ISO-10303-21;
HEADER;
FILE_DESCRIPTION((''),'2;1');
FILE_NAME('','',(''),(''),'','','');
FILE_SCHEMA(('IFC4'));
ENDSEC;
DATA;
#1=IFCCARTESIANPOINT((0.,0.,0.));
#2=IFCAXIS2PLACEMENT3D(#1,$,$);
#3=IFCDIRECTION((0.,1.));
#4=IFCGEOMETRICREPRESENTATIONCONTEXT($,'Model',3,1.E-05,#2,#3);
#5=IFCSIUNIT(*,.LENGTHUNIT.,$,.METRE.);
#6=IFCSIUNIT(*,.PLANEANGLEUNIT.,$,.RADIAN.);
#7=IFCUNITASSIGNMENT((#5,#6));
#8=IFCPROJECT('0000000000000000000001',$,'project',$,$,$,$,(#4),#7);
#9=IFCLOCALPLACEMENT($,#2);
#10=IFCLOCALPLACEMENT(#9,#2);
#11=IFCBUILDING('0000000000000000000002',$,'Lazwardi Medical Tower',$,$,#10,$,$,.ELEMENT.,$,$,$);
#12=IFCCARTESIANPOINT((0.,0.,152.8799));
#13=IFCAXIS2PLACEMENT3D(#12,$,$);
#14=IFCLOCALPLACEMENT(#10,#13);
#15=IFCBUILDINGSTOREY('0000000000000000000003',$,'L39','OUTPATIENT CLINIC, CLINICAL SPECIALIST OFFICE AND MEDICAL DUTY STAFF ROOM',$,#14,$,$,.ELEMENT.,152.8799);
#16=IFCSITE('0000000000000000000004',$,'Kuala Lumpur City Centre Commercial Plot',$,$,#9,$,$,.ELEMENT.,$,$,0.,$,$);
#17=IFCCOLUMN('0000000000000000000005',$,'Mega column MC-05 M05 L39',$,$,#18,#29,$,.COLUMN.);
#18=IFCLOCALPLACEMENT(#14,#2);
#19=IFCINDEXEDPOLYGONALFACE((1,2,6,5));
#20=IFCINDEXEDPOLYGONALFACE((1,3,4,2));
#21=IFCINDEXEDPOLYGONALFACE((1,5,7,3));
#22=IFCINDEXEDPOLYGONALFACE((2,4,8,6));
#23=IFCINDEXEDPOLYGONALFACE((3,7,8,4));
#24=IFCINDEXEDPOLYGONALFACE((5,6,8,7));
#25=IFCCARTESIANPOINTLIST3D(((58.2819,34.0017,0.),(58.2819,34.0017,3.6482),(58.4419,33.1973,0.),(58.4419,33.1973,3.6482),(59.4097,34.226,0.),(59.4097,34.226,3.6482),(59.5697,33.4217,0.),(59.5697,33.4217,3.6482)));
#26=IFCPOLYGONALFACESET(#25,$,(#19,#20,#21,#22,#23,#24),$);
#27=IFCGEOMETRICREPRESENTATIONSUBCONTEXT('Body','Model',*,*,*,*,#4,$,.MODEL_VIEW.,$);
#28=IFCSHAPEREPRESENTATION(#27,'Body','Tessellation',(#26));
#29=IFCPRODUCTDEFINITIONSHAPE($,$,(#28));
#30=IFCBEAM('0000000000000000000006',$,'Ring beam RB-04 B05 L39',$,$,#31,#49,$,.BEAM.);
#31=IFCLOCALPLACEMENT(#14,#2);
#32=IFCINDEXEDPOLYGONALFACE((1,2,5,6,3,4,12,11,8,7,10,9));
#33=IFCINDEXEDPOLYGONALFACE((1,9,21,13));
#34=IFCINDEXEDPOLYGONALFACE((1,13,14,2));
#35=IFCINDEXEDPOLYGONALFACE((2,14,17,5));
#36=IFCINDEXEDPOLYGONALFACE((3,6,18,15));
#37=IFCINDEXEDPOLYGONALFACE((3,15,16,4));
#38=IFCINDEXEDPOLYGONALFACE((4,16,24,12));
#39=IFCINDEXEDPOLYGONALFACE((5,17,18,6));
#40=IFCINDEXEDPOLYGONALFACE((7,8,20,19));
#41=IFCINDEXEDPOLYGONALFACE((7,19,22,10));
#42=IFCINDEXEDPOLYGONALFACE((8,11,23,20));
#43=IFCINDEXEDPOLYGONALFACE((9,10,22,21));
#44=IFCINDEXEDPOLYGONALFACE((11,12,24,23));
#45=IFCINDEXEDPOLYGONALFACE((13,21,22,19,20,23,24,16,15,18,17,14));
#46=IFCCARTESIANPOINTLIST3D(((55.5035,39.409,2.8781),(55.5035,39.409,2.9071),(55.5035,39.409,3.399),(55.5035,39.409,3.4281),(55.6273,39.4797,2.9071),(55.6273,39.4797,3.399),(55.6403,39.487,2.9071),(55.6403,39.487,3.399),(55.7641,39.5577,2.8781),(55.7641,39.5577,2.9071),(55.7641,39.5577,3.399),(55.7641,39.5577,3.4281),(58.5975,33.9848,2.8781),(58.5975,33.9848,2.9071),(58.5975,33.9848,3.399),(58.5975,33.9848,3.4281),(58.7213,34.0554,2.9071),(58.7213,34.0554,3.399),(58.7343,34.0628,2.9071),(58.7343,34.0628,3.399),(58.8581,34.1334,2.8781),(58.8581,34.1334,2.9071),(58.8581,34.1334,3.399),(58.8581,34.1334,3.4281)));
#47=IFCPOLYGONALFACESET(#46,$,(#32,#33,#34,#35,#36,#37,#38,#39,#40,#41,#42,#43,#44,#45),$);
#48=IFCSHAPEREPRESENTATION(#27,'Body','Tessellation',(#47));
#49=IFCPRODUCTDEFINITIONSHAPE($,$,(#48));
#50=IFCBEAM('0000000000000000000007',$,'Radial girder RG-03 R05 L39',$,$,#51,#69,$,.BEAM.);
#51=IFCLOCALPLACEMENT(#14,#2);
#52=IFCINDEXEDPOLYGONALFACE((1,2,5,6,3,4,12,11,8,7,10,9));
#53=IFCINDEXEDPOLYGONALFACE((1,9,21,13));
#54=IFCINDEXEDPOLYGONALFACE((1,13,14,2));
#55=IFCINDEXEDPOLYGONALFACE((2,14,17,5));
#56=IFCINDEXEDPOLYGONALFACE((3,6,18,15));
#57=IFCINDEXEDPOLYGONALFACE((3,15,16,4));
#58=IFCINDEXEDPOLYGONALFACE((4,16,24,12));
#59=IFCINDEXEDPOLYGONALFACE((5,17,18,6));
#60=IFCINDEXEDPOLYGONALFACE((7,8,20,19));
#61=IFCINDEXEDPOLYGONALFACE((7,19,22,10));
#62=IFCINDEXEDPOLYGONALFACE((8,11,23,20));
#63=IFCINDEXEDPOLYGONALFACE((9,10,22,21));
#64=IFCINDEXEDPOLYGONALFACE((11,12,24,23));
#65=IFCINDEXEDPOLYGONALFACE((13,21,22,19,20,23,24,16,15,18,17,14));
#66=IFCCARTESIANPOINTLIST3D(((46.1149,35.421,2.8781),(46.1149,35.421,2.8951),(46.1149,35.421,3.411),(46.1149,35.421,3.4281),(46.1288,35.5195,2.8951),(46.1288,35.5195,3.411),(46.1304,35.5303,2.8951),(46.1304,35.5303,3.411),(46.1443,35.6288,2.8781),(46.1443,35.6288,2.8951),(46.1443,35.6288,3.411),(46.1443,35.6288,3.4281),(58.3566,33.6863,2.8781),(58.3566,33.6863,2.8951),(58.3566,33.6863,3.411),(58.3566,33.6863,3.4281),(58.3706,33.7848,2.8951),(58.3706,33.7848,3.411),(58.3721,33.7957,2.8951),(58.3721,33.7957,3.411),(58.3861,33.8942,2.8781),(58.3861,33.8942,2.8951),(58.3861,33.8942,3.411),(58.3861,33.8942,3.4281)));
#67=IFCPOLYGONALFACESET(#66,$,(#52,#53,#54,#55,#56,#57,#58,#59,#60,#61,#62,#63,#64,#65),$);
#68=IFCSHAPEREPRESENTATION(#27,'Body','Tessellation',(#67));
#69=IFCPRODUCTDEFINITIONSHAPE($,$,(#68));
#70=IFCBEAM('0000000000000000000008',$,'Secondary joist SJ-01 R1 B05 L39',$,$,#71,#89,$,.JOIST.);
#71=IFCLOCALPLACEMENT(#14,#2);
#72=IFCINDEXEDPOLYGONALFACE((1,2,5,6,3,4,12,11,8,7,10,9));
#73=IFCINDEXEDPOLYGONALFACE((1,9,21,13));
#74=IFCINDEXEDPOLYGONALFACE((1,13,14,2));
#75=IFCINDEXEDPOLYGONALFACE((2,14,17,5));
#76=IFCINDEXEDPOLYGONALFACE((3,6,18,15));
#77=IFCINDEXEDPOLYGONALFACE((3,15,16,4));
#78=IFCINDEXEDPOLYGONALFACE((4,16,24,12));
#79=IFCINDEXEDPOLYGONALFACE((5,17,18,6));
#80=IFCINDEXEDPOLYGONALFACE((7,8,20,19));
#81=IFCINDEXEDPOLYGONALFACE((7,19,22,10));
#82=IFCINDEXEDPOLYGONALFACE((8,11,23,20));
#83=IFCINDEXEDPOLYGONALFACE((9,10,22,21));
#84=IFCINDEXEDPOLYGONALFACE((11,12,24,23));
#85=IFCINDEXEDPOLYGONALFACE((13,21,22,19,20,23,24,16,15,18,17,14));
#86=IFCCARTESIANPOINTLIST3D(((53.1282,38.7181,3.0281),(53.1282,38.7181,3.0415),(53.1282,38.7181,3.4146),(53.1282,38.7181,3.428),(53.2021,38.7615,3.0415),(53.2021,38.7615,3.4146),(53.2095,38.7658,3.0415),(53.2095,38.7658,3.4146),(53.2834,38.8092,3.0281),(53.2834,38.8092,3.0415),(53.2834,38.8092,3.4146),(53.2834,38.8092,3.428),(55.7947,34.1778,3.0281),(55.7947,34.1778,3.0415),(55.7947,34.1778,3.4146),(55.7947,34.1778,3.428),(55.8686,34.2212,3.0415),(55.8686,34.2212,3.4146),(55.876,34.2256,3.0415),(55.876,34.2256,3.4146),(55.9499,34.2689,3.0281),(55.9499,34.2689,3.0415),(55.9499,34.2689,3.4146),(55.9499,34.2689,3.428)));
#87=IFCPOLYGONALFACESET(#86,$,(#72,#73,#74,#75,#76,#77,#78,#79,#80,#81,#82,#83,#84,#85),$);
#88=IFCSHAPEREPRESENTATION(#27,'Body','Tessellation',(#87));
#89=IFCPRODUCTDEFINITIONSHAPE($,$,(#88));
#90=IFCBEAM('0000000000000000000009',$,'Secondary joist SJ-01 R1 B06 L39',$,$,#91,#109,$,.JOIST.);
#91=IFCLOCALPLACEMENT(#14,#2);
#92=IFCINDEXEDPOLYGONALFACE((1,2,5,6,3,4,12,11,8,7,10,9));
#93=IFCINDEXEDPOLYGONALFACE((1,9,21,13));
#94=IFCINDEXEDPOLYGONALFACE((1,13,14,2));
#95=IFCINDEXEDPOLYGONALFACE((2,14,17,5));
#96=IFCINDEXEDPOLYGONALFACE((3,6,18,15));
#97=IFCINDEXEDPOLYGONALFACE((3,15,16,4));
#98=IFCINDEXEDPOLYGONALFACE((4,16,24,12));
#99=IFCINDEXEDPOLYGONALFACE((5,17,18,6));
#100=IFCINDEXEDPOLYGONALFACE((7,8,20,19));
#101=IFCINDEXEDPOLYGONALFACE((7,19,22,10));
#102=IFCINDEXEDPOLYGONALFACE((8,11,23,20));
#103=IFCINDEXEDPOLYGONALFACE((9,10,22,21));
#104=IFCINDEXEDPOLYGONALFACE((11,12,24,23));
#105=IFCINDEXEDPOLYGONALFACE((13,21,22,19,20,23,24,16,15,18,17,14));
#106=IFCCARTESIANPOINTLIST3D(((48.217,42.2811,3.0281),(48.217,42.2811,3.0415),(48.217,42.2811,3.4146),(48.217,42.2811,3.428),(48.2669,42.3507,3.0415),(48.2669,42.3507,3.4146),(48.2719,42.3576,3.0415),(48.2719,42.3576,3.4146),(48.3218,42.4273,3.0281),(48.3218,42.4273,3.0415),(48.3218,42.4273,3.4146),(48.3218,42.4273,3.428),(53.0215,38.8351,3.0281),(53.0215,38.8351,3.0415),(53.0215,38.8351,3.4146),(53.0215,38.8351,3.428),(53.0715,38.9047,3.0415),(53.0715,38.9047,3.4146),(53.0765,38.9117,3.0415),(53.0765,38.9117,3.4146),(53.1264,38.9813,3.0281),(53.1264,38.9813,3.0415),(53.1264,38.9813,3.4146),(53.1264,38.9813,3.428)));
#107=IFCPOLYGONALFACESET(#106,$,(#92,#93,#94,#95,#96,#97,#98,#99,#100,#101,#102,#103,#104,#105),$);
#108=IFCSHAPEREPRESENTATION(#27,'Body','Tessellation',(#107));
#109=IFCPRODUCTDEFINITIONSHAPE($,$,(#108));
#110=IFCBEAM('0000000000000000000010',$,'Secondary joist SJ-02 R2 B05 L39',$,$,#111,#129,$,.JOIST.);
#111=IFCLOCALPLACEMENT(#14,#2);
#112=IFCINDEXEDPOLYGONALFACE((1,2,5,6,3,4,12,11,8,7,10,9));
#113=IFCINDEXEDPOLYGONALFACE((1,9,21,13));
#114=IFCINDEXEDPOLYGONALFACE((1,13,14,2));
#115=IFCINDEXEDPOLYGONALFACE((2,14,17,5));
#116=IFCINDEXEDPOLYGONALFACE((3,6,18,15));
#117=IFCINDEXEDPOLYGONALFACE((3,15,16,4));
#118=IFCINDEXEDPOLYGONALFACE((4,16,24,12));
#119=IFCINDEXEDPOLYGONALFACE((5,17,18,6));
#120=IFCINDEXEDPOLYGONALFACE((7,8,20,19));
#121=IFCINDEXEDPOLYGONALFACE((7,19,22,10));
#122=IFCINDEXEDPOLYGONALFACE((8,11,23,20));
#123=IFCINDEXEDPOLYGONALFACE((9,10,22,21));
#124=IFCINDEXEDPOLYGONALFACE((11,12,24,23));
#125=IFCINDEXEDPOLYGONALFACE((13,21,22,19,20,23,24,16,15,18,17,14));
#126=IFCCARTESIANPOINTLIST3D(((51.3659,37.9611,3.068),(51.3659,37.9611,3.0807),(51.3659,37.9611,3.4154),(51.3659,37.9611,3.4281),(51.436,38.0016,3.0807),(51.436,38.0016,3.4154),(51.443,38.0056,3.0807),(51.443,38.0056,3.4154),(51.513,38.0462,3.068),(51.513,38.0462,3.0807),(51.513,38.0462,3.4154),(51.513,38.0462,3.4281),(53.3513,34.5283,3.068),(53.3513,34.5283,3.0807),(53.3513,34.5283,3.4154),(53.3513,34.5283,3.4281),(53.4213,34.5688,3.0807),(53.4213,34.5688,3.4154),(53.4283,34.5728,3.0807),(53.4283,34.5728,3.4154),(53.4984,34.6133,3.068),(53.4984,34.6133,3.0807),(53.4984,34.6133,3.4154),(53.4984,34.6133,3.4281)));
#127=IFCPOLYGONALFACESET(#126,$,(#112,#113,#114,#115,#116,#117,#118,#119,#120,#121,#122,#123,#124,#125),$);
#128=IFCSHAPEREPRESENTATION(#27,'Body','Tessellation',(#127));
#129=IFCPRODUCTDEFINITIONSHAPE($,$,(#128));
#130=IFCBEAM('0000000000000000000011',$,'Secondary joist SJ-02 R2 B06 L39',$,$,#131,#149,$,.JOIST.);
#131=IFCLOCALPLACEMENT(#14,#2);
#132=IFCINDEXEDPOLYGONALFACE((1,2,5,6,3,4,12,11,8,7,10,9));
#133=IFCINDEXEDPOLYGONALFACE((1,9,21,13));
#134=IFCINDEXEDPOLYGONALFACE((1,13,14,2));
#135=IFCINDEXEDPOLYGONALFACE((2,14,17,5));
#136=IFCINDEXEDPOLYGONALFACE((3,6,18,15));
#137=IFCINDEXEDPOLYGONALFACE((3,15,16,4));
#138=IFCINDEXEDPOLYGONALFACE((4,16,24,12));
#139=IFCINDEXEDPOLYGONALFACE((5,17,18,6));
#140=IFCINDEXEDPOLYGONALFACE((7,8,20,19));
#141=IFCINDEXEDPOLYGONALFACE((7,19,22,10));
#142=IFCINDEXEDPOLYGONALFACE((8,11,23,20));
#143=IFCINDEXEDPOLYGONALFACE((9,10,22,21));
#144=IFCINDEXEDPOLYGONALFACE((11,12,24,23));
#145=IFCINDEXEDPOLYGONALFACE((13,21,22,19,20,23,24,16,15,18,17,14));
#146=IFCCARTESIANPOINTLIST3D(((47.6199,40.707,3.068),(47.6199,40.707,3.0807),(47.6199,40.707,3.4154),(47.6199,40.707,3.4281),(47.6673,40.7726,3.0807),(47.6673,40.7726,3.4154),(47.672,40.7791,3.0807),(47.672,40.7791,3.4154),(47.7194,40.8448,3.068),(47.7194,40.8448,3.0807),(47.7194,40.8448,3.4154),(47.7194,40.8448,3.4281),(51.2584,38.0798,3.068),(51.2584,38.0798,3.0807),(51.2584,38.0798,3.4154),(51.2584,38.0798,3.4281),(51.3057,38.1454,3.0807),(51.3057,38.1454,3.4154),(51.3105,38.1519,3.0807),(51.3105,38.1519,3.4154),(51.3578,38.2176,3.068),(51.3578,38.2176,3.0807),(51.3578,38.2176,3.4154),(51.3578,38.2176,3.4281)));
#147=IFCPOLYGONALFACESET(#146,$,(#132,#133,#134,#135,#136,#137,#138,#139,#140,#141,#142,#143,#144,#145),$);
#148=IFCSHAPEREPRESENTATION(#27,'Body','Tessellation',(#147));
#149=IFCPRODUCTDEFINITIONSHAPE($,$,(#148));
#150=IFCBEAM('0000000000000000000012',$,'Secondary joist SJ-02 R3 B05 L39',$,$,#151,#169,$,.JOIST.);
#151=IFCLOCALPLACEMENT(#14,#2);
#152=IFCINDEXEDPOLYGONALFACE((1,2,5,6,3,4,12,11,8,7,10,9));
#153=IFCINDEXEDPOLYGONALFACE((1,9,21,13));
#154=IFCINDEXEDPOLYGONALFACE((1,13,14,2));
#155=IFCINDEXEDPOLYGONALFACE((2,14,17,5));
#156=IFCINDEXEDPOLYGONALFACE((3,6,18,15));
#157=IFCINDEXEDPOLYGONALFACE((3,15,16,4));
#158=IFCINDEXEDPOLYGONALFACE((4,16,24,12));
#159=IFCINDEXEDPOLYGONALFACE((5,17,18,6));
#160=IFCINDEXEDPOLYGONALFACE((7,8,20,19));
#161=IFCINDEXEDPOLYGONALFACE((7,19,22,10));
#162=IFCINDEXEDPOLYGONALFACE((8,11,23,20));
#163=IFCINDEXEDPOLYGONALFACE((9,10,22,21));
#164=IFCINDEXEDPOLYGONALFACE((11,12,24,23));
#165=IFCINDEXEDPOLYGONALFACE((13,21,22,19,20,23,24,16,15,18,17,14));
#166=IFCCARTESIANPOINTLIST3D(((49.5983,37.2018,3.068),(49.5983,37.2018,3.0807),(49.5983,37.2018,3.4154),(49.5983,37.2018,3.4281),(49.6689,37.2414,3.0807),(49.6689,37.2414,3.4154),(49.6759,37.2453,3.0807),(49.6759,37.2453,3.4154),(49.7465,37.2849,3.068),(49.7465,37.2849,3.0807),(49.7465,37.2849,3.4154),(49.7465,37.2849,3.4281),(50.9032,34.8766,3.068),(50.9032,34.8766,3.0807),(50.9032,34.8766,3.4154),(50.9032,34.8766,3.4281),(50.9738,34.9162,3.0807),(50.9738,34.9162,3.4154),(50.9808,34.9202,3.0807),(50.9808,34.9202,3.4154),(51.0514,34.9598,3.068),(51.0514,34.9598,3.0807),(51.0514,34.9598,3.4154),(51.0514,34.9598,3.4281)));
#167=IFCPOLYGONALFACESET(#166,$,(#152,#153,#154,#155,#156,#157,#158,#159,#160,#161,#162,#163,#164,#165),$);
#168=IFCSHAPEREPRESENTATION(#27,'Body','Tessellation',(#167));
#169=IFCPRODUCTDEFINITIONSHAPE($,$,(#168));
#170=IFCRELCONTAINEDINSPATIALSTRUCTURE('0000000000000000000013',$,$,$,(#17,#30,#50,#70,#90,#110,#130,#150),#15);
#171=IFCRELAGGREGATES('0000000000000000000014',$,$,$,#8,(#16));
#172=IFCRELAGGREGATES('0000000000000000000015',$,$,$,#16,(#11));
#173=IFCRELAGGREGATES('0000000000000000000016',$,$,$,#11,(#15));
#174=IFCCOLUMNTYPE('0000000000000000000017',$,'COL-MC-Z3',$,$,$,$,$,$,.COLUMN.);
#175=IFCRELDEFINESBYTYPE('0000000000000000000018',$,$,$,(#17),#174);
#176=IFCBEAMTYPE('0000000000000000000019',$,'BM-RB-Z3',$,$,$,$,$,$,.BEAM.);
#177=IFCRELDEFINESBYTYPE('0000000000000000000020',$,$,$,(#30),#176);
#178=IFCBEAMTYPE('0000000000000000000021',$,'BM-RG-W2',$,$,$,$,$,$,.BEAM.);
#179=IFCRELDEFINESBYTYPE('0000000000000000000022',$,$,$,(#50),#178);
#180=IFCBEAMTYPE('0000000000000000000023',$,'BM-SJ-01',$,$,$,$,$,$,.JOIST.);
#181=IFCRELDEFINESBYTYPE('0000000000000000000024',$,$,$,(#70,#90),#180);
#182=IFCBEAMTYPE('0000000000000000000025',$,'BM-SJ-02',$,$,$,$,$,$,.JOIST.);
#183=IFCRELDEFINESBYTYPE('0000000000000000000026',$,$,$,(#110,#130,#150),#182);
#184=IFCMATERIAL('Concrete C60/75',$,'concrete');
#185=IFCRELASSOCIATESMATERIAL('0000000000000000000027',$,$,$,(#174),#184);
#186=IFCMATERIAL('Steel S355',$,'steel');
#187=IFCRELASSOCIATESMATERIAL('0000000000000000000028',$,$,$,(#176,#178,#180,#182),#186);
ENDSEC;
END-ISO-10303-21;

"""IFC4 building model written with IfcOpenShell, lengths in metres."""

from ifc_helpers import new_model, si_unit, direction, frame, origin, origin_2d, place, context, subcontext, project, spatial, rectangle, i_section, extrude, material, material_profile, profile_set, type_object, element, save


model = new_model("IFC4")

# Units and contexts
model_context = context("Model", 3, precision=1e-05, world=origin(), true_north=direction((0.0, 1.0)))
body_context = subcontext(model_context, "Body", "Model", "MODEL_VIEW")
ifc_project = project(units=[si_unit("LENGTHUNIT", "METRE"), si_unit("PLANEANGLEUNIT", "RADIAN")], contexts=[model_context])

# Site, building, storey
site_placement = place(None, origin())
site = spatial("IfcSite", under=ifc_project, at=site_placement, Name="Kuala Lumpur City Centre Commercial Plot", CompositionType="ELEMENT", RefElevation=0.0)
building_placement = place(site_placement, origin())
building = spatial("IfcBuilding", under=site, at=building_placement, Name="Lazwardi Medical Tower", CompositionType="ELEMENT")
storey_placement = place(building_placement, frame((0.0, 0.0, 152.8799)))
storey = spatial("IfcBuildingStorey", under=building, at=storey_placement, Name="L39", Description="OUTPATIENT CLINIC, CLINICAL SPECIALIST OFFICE AND MEDICAL DUTY STAFF ROOM", CompositionType="ELEMENT", Elevation=152.8799)

# Column
ifc_material_1 = material(Name="Concrete C60/75", Category="concrete")
ifc_material_profile_1 = material_profile(ifc_material_1, rectangle(XDim=1.1499, YDim=0.8201, at=origin_2d()), Name="CFT-RECT 1150x820")
ifc_profile_set_1 = profile_set([ifc_material_profile_1], Name="Concrete C60/75")
column_type = type_object("IfcColumnType", Name="COL-MC-Z3", PredefinedType="COLUMN", material=ifc_profile_set_1)
column_placement = place(storey_placement, frame((58.9258, 33.7117, 0.0), z_axis=(0.0, 0.0, 1.0), x_axis=(0.980785, 0.19509, 0.0)))
element("IfcColumn", 1, at=column_placement, inside=storey, type_object=column_type, Name="Mega column MC-05 M05 L39", PredefinedType="COLUMN", context=body_context, shape_type="SweptSolid", body=[
    extrude(rectangle(XDim=1.1499, YDim=0.8201, at=origin_2d()), origin(), (0.0, 0.0, 1.0), 3.6482),
])

# Beams
ifc_material_2 = material(Name="Steel S355", Category="steel")
ifc_material_profile_2 = material_profile(ifc_material_2, i_section(OverallWidth=0.3, OverallDepth=0.55, WebThickness=0.0149, FlangeThickness=0.0291, at=origin_2d()), Name="HEB 550")
ifc_profile_set_2 = profile_set([ifc_material_profile_2], Name="Steel S355")
beam_type_1 = type_object("IfcBeamType", Name="BM-RB-Z3", PredefinedType="BEAM", material=ifc_profile_set_2)
beam_1_placement = place(storey_placement, frame((58.7278, 34.0591, 3.1531), z_axis=(-0.495461, 0.86863, 0.0), x_axis=(-0.86863, -0.495461, 0.0)))
element("IfcBeam", 2, at=beam_1_placement, inside=storey, type_object=beam_type_1, Name="Ring beam RB-04 B05 L39", PredefinedType="BEAM", context=body_context, shape_type="SweptSolid", body=[
    extrude(i_section(OverallWidth=0.3, OverallDepth=0.55, WebThickness=0.0149, FlangeThickness=0.0291, at=origin_2d()), origin(), (0.0, 0.0, 1.0), 6.2446),
])
ifc_material_profile_3 = material_profile(ifc_material_2, i_section(OverallWidth=0.21, OverallDepth=0.55, WebThickness=0.011, FlangeThickness=0.0171, at=origin_2d()), Name="IPE 550")
ifc_profile_set_3 = profile_set([ifc_material_profile_3], Name="Steel S355")
beam_type_2 = type_object("IfcBeamType", Name="BM-RG-W2", PredefinedType="BEAM", material=ifc_profile_set_3)
beam_2_placement = place(storey_placement, frame((58.3713, 33.7903, 3.1531), z_axis=(-0.99011, 0.140296, 0.0), x_axis=(-0.140296, -0.99011, 0.0)))
element("IfcBeam", 3, at=beam_2_placement, inside=storey, type_object=beam_type_2, Name="Radial girder RG-03 R05 L39", PredefinedType="BEAM", context=body_context, shape_type="SweptSolid", body=[
    extrude(i_section(OverallWidth=0.21, OverallDepth=0.55, WebThickness=0.011, FlangeThickness=0.0171, at=origin_2d()), origin(), (0.0, 0.0, 1.0), 12.364),
])
ifc_material_profile_4 = material_profile(ifc_material_2, i_section(OverallWidth=0.1799, OverallDepth=0.3999, WebThickness=0.0085, FlangeThickness=0.0134, at=origin_2d()), Name="IPE 400")
ifc_profile_set_4 = profile_set([ifc_material_profile_4], Name="Steel S355")
beam_type_3 = type_object("IfcBeamType", Name="BM-SJ-01", PredefinedType="JOIST", material=ifc_profile_set_4)
beam_3_placement = place(storey_placement, frame((55.8723, 34.2234, 3.228), z_axis=(-0.50642, 0.862287, 0.0), x_axis=(-0.862287, -0.50642, 0.0)))
element("IfcBeam", 4, at=beam_3_placement, inside=storey, type_object=beam_type_3, Name="Secondary joist SJ-01 R1 B05 L39", PredefinedType="JOIST", context=body_context, shape_type="SweptSolid", body=[
    extrude(i_section(OverallWidth=0.1799, OverallDepth=0.3999, WebThickness=0.0085, FlangeThickness=0.0134, at=origin_2d()), origin(), (0.0, 0.0, 1.0), 5.2654),
])
beam_4_placement = place(storey_placement, frame((53.074, 38.9082, 3.228), z_axis=(-0.812602, 0.582819, 0.0), x_axis=(-0.582819, -0.812602, 0.0)))
element("IfcBeam", 5, at=beam_4_placement, inside=storey, type_object=beam_type_3, Name="Secondary joist SJ-01 R1 B06 L39", PredefinedType="JOIST", context=body_context, shape_type="SweptSolid", body=[
    extrude(i_section(OverallWidth=0.1799, OverallDepth=0.3999, WebThickness=0.0085, FlangeThickness=0.0134, at=origin_2d()), origin(), (0.0, 0.0, 1.0), 5.9126),
])
ifc_material_profile_5 = material_profile(ifc_material_2, i_section(OverallWidth=0.1699, OverallDepth=0.3601, WebThickness=0.0081, FlangeThickness=0.0127, at=origin_2d()), Name="IPE 360")
ifc_profile_set_5 = profile_set([ifc_material_profile_5], Name="Steel S355")
beam_type_4 = type_object("IfcBeamType", Name="BM-SJ-02", PredefinedType="JOIST", material=ifc_profile_set_5)
beam_5_placement = place(storey_placement, frame((53.4248, 34.5708, 3.248), z_axis=(-0.500641, 0.865655, 0.0), x_axis=(-0.865655, -0.500641, 0.0)))
element("IfcBeam", 6, at=beam_5_placement, inside=storey, type_object=beam_type_4, Name="Secondary joist SJ-02 R2 B05 L39", PredefinedType="JOIST", context=body_context, shape_type="SweptSolid", body=[
    extrude(i_section(OverallWidth=0.1699, OverallDepth=0.3601, WebThickness=0.0081, FlangeThickness=0.0127, at=origin_2d()), origin(), (0.0, 0.0, 1.0), 3.9656),
])
beam_6_placement = place(storey_placement, frame((51.3081, 38.1487, 3.248), z_axis=(-0.810738, 0.585409, 0.0), x_axis=(-0.585409, -0.810738, 0.0)))
element("IfcBeam", 7, at=beam_6_placement, inside=storey, type_object=beam_type_4, Name="Secondary joist SJ-02 R2 B06 L39", PredefinedType="JOIST", context=body_context, shape_type="SweptSolid", body=[
    extrude(i_section(OverallWidth=0.1699, OverallDepth=0.3601, WebThickness=0.0081, FlangeThickness=0.0127, at=origin_2d()), origin(), (0.0, 0.0, 1.0), 4.4878),
])
beam_7_placement = place(storey_placement, frame((50.9773, 34.9182, 3.248), z_axis=(-0.489409, 0.872054, 0.0), x_axis=(-0.872054, -0.489409, 0.0)))
element("IfcBeam", 8, at=beam_7_placement, inside=storey, type_object=beam_type_4, Name="Secondary joist SJ-02 R3 B05 L39", PredefinedType="JOIST", context=body_context, shape_type="SweptSolid", body=[
    extrude(i_section(OverallWidth=0.1699, OverallDepth=0.3601, WebThickness=0.0081, FlangeThickness=0.0127, at=origin_2d()), origin(), (0.0, 0.0, 1.0), 2.6663),
])

save(model, "model.ifc")
